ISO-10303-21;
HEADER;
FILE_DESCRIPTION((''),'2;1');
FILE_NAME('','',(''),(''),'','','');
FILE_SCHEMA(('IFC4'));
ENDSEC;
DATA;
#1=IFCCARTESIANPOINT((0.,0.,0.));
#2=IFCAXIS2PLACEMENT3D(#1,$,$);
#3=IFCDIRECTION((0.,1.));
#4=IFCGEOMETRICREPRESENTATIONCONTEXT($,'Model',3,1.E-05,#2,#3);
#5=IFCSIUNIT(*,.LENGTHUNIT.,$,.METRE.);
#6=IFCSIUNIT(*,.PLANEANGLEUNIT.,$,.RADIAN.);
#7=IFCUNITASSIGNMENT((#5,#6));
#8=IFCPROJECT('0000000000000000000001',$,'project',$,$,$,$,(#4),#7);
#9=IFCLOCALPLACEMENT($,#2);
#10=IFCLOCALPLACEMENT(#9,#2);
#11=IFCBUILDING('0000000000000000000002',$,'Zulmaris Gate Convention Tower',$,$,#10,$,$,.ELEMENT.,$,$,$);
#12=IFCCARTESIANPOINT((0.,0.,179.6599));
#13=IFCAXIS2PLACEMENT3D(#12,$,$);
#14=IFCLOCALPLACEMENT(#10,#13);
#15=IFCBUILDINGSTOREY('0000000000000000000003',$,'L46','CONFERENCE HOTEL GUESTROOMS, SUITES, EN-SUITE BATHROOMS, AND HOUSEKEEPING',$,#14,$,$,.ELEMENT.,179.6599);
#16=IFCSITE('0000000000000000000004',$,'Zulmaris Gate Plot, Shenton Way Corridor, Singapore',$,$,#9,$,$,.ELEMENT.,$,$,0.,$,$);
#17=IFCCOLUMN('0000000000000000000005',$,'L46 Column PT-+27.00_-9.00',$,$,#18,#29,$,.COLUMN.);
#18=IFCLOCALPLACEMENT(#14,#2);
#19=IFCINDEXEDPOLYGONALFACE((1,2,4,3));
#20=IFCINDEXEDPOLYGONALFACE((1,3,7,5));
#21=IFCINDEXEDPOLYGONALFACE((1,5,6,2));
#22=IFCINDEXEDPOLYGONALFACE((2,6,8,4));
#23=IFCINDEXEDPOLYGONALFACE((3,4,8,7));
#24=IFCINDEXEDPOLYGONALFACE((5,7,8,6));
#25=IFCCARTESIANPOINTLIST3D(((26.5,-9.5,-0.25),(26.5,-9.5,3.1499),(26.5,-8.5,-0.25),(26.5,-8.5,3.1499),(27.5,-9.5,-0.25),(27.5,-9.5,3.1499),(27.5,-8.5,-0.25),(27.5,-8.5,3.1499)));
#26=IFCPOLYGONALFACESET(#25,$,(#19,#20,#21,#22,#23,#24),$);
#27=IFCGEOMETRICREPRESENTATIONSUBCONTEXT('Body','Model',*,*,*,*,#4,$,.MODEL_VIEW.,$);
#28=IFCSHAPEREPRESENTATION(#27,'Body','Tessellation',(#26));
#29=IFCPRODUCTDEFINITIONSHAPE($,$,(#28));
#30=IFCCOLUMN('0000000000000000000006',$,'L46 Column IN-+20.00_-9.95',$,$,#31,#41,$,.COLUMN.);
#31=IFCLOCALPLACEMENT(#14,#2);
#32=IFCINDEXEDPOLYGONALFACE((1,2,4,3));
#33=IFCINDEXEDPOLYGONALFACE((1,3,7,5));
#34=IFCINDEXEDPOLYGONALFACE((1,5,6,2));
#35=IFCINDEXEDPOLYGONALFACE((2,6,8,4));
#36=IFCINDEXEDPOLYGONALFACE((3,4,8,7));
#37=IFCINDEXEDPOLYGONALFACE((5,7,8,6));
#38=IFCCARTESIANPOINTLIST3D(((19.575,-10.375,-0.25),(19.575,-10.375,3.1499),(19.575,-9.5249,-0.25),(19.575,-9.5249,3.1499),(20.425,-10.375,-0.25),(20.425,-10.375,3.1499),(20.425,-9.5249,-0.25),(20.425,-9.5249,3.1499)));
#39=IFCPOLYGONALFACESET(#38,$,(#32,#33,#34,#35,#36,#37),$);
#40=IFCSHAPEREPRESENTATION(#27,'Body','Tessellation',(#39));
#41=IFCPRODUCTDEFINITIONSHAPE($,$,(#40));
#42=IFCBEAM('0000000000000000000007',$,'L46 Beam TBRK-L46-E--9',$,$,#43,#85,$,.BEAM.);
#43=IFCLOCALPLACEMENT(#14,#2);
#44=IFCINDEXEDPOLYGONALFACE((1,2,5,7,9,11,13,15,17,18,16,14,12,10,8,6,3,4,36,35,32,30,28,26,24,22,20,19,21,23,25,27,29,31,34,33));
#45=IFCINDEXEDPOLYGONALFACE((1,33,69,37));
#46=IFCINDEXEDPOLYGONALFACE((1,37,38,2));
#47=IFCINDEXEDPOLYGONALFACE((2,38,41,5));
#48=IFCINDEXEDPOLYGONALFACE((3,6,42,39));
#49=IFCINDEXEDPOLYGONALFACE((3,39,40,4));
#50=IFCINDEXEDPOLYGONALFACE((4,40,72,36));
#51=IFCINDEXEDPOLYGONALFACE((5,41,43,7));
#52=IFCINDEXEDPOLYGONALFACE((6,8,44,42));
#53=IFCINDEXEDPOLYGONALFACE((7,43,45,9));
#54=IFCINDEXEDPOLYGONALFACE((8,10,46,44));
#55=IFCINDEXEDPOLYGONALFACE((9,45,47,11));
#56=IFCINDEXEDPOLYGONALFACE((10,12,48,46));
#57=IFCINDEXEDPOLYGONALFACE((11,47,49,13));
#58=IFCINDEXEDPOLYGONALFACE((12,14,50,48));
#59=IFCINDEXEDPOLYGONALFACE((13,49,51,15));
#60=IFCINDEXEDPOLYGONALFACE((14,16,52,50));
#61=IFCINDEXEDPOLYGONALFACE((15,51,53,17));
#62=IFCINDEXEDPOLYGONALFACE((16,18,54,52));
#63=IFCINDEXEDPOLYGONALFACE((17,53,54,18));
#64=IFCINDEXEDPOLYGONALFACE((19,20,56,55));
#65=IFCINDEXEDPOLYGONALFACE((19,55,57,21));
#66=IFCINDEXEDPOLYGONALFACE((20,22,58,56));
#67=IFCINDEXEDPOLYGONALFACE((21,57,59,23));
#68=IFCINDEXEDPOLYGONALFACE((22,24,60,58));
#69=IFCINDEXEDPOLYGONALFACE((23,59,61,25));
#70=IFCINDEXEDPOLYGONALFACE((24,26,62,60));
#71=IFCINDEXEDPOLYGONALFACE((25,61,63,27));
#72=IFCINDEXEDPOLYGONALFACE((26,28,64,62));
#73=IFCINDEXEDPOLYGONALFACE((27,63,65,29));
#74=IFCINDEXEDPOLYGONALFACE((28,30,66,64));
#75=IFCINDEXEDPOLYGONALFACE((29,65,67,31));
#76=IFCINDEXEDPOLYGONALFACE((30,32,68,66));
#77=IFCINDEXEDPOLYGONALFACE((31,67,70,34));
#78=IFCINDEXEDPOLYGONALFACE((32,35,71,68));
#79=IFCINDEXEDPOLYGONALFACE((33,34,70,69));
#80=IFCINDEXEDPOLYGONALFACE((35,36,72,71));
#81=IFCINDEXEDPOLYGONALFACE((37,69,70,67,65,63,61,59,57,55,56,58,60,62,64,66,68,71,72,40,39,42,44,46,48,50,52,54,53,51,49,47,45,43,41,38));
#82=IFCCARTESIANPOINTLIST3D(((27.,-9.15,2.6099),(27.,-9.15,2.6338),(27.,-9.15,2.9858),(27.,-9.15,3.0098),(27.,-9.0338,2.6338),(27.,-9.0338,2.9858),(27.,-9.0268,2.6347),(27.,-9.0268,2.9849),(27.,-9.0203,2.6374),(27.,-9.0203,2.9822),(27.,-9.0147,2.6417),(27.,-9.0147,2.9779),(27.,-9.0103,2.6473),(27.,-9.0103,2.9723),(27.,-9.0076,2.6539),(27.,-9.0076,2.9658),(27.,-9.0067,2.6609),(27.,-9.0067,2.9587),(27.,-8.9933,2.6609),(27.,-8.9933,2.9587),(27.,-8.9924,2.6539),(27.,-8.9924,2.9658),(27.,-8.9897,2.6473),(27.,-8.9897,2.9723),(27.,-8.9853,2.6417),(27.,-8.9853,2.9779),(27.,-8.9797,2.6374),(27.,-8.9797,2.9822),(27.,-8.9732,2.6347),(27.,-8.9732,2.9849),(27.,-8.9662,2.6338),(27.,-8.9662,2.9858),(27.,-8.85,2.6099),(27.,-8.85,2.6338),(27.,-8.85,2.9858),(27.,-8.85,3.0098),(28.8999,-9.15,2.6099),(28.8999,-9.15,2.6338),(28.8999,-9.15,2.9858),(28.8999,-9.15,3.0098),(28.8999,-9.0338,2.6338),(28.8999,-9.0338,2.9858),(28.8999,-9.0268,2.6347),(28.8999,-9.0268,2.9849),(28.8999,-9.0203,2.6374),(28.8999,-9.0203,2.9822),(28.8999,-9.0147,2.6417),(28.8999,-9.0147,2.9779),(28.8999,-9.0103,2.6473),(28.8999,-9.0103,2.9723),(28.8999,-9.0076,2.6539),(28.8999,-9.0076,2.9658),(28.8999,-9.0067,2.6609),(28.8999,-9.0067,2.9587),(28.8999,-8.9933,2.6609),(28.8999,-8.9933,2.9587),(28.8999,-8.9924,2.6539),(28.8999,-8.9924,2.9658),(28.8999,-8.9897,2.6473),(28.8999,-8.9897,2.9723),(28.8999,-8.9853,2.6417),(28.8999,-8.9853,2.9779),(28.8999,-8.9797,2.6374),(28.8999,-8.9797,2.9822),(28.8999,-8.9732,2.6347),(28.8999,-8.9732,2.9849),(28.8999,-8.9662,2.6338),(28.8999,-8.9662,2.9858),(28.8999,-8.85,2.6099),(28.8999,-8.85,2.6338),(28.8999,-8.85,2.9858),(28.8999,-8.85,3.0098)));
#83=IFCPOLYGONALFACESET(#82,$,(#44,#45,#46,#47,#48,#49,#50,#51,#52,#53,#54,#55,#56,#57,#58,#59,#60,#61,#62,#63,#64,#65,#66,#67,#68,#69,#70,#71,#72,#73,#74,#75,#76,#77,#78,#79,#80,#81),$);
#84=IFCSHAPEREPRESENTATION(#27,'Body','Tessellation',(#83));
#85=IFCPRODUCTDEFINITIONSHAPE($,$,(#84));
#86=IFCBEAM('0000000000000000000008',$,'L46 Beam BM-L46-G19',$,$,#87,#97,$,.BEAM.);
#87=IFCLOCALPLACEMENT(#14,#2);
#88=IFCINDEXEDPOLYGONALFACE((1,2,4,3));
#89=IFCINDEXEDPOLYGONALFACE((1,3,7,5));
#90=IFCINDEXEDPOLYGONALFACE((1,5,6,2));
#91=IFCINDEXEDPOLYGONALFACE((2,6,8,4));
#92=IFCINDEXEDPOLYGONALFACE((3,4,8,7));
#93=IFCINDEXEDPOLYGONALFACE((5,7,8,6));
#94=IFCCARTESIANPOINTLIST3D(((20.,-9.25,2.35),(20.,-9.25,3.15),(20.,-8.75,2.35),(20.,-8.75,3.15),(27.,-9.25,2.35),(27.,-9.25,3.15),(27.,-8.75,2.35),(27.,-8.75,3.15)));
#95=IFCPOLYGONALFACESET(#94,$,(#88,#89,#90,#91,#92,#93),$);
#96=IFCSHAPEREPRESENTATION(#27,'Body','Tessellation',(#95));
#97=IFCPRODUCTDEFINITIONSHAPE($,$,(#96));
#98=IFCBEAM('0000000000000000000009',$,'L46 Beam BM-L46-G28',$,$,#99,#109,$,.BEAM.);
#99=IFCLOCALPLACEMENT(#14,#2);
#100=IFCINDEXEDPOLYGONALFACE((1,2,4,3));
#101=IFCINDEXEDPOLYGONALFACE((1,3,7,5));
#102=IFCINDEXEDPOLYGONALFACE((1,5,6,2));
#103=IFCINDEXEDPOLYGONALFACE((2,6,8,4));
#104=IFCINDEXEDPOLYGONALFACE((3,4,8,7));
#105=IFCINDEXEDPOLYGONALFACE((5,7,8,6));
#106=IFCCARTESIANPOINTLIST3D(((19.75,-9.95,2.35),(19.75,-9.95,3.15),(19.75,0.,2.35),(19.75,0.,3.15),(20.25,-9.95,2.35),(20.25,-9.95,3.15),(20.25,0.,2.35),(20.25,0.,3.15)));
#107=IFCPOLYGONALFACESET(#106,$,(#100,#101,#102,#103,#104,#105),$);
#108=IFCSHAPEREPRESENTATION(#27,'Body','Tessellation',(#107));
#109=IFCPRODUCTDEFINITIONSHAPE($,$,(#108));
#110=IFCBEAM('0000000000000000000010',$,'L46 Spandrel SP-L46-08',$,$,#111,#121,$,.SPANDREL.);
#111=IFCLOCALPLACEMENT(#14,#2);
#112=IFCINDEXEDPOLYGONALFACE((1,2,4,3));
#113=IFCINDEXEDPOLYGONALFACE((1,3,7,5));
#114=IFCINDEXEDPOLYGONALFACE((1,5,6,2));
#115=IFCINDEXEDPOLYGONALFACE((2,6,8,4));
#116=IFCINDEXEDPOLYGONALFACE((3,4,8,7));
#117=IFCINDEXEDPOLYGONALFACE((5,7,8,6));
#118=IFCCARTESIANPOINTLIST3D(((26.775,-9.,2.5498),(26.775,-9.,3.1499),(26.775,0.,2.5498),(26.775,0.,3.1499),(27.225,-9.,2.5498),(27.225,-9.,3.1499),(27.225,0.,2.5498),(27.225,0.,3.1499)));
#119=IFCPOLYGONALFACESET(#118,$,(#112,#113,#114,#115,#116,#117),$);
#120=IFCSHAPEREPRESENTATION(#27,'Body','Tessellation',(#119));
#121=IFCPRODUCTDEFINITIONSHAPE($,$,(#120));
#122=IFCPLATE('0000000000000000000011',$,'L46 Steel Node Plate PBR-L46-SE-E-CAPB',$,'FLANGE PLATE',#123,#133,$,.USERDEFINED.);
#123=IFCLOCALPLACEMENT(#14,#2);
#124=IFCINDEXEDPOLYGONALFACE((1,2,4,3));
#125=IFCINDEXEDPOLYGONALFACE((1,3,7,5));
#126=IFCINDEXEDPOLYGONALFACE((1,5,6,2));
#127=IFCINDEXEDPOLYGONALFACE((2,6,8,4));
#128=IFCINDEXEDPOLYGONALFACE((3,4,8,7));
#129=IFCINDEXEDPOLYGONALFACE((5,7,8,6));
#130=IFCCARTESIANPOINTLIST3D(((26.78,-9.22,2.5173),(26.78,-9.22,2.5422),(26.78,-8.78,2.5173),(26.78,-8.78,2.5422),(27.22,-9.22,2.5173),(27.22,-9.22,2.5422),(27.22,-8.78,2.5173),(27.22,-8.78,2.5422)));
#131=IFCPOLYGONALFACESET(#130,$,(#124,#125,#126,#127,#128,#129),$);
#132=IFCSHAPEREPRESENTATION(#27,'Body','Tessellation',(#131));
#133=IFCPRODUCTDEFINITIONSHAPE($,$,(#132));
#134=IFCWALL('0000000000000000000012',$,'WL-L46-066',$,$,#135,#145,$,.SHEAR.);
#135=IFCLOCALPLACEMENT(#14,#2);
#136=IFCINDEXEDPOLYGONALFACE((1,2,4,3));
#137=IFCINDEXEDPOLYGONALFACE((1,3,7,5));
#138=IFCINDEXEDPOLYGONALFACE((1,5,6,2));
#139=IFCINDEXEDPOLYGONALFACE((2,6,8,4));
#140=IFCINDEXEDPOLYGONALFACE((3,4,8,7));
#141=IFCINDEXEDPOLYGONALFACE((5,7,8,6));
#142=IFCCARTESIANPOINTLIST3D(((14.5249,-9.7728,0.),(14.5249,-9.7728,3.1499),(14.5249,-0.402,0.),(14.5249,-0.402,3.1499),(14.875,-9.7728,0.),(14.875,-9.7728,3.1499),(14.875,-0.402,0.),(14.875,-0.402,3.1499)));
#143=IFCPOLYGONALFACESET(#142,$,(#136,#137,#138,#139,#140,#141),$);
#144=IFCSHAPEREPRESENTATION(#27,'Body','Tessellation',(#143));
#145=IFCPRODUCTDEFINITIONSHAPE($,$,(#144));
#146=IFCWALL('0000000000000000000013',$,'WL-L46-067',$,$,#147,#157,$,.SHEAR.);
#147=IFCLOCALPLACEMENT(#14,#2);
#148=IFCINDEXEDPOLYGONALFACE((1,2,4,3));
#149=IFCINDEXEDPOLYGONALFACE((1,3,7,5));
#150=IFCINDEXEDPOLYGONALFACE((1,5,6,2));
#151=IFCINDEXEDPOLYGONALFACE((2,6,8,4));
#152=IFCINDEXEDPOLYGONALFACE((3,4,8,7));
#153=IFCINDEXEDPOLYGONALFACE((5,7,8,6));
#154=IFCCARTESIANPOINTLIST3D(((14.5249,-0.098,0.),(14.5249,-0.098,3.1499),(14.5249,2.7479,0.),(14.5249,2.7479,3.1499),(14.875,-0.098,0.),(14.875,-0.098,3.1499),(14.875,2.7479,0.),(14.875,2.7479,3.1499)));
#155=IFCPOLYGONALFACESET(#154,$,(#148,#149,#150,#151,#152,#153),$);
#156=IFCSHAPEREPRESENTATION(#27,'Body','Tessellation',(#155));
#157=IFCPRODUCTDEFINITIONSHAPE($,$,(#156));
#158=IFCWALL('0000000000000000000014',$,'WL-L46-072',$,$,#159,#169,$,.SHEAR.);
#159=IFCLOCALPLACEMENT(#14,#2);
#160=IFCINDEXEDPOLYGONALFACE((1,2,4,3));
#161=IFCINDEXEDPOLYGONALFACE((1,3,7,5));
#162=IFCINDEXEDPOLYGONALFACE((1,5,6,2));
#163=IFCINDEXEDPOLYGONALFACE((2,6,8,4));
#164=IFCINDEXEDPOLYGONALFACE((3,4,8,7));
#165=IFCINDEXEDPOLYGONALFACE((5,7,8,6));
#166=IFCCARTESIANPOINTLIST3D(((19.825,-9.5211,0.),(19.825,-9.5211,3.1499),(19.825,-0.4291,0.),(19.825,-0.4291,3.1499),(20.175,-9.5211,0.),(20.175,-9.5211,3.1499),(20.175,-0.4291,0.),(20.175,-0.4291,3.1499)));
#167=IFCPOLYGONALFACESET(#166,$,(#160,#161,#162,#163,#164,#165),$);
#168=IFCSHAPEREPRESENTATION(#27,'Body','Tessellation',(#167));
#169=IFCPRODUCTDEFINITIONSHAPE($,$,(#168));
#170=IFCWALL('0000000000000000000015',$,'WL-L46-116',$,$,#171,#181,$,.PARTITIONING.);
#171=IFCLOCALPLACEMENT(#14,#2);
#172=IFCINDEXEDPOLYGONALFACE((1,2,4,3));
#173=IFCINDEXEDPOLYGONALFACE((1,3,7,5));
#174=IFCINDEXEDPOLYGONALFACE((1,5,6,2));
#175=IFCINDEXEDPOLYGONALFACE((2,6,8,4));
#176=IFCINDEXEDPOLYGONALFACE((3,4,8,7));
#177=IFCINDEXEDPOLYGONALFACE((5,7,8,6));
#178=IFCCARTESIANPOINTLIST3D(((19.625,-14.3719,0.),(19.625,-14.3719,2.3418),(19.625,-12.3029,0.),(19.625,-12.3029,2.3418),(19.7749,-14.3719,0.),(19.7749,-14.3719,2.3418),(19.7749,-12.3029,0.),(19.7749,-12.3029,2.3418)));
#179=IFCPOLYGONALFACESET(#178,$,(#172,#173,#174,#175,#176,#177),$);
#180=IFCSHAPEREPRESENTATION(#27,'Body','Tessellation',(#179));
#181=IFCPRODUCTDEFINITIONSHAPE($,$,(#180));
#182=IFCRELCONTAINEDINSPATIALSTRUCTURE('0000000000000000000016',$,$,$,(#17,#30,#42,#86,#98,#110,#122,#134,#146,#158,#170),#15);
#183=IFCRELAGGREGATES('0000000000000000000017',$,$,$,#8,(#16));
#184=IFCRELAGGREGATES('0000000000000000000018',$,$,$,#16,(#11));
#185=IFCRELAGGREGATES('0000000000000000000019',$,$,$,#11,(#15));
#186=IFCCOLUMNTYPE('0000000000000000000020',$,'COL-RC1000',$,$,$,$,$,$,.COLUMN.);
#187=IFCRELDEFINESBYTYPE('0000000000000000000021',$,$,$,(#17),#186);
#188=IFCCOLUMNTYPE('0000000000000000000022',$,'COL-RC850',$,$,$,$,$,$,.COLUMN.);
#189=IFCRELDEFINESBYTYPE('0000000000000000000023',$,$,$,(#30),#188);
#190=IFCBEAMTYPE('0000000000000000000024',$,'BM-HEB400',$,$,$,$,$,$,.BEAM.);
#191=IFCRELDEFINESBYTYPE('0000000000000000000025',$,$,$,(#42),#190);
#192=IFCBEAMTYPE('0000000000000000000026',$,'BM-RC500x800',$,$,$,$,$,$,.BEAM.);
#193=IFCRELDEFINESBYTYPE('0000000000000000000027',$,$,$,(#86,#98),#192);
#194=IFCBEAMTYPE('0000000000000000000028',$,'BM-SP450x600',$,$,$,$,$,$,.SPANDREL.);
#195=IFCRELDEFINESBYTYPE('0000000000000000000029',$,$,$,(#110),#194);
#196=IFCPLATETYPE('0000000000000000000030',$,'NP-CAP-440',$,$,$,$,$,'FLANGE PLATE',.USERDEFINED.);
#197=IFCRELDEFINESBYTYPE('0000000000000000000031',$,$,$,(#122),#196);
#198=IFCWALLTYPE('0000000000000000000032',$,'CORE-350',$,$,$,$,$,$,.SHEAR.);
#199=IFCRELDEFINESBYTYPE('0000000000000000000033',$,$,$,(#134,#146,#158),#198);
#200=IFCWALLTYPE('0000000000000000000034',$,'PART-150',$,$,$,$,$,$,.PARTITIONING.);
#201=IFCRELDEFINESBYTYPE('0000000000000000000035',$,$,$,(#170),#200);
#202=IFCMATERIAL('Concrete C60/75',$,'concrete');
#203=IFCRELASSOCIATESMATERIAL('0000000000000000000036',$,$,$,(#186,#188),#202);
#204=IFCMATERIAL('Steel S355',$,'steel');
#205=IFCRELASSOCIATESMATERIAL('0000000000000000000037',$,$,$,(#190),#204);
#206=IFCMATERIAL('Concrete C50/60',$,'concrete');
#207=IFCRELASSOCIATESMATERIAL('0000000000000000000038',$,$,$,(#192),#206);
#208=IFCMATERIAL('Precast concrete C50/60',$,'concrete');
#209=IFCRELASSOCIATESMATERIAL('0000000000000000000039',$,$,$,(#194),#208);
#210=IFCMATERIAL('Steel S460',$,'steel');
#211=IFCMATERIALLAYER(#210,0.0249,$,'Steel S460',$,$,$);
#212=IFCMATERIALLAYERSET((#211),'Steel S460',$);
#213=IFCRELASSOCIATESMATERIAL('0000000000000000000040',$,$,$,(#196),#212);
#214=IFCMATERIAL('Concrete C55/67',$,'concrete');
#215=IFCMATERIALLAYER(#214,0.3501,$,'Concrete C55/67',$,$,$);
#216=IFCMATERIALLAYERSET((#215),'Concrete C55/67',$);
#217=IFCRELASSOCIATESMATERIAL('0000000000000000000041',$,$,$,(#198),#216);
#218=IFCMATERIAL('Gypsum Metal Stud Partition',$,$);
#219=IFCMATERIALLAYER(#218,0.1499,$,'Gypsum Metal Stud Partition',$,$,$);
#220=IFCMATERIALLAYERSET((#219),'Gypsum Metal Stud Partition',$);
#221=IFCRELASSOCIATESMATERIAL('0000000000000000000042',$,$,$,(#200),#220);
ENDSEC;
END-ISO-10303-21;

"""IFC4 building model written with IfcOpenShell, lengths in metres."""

from ifc_helpers import new_model, si_unit, direction, frame, frame_2d, origin, origin_2d, place, context, subcontext, project, spatial, rectangle, i_section, extrude, material, layer, layer_set, material_profile, profile_set, type_object, element, save


model = new_model("IFC4")

# Units and contexts
model_context = context("Model", 3, precision=1e-05, world=origin(), true_north=direction((0.0, 1.0)))
body_context = subcontext(model_context, "Body", "Model", "MODEL_VIEW")
ifc_project = project(units=[si_unit("LENGTHUNIT", "METRE"), si_unit("PLANEANGLEUNIT", "RADIAN")], contexts=[model_context])

# Site, building, storey
site_placement = place(None, origin())
site = spatial("IfcSite", under=ifc_project, at=site_placement, Name="Zulmaris Gate Plot, Shenton Way Corridor, Singapore", CompositionType="ELEMENT", RefElevation=0.0)
building_placement = place(site_placement, origin())
building = spatial("IfcBuilding", under=site, at=building_placement, Name="Zulmaris Gate Convention Tower", CompositionType="ELEMENT")
storey_placement = place(building_placement, frame((0.0, 0.0, 179.6599)))
storey = spatial("IfcBuildingStorey", under=building, at=storey_placement, Name="L46", Description="CONFERENCE HOTEL GUESTROOMS, SUITES, EN-SUITE BATHROOMS, AND HOUSEKEEPING", CompositionType="ELEMENT", Elevation=179.6599)

# Columns
ifc_material_1 = material(Name="Concrete C60/75", Category="concrete")
ifc_material_profile_1 = material_profile(ifc_material_1, rectangle(XDim=1.0, YDim=1.0, at=origin_2d()), Name="RC COL 1000x1000")
ifc_profile_set_1 = profile_set([ifc_material_profile_1], Name="Concrete C60/75")
column_type_1 = type_object("IfcColumnType", Name="COL-RC1000", PredefinedType="COLUMN", material=ifc_profile_set_1)
column_1_placement = place(storey_placement, frame((27.0, -9.0, -0.25), z_axis=(0.0, 0.0, 1.0), x_axis=(1.0, 0.0, 0.0)))
element("IfcColumn", 1, at=column_1_placement, inside=storey, type_object=column_type_1, Name="L46 Column PT-+27.00_-9.00", PredefinedType="COLUMN", context=body_context, shape_type="SweptSolid", body=[
    extrude(rectangle(XDim=1.0, YDim=1.0, at=origin_2d()), origin(), (0.0, 0.0, 1.0), 3.3999),
])
ifc_material_profile_2 = material_profile(ifc_material_1, rectangle(XDim=0.8501, YDim=0.8501, at=origin_2d()), Name="RC COL 850x850")
ifc_profile_set_2 = profile_set([ifc_material_profile_2], Name="Concrete C60/75")
column_type_2 = type_object("IfcColumnType", Name="COL-RC850", PredefinedType="COLUMN", material=ifc_profile_set_2)
column_2_placement = place(storey_placement, frame((20.0, -9.95, -0.25), z_axis=(0.0, 0.0, 1.0), x_axis=(1.0, 0.0, 0.0)))
element("IfcColumn", 2, at=column_2_placement, inside=storey, type_object=column_type_2, Name="L46 Column IN-+20.00_-9.95", PredefinedType="COLUMN", context=body_context, shape_type="SweptSolid", body=[
    extrude(rectangle(XDim=0.8501, YDim=0.8501, at=origin_2d()), origin(), (0.0, 0.0, 1.0), 3.3999),
])

# Beams
ifc_material_2 = material(Name="Steel S355", Category="steel")
ifc_material_profile_3 = material_profile(ifc_material_2, i_section(OverallWidth=0.3, OverallDepth=0.3999, WebThickness=0.0134, FlangeThickness=0.0239, FilletRadius=0.0271, at=origin_2d()), Name="HEB 400")
ifc_profile_set_3 = profile_set([ifc_material_profile_3], Name="Steel S355")
beam_type_1 = type_object("IfcBeamType", Name="BM-HEB400", PredefinedType="BEAM", material=ifc_profile_set_3)
beam_1_placement = place(storey_placement, frame((27.0, -9.0, 2.8098), z_axis=(1.0, 0.0, 0.0), x_axis=(0.0, 1.0, 0.0)))
element("IfcBeam", 3, at=beam_1_placement, inside=storey, type_object=beam_type_1, Name="L46 Beam TBRK-L46-E--9", PredefinedType="BEAM", context=body_context, shape_type="SweptSolid", body=[
    extrude(i_section(OverallWidth=0.3, OverallDepth=0.3999, WebThickness=0.0134, FlangeThickness=0.0239, FilletRadius=0.0271, at=origin_2d()), origin(), (0.0, 0.0, 1.0), 1.8999),
])
ifc_material_3 = material(Name="Concrete C50/60", Category="concrete")
ifc_material_profile_4 = material_profile(ifc_material_3, rectangle(XDim=0.5, YDim=0.8, at=origin_2d()), Name="RC BEAM 500x800")
ifc_profile_set_4 = profile_set([ifc_material_profile_4], Name="Concrete C50/60")
beam_type_2 = type_object("IfcBeamType", Name="BM-RC500x800", PredefinedType="BEAM", material=ifc_profile_set_4)
beam_2_placement = place(storey_placement, frame((20.0, -9.0, 2.75), z_axis=(1.0, 0.0, 0.0), x_axis=(0.0, 1.0, 0.0)))
element("IfcBeam", 4, at=beam_2_placement, inside=storey, type_object=beam_type_2, Name="L46 Beam BM-L46-G19", PredefinedType="BEAM", context=body_context, shape_type="SweptSolid", body=[
    extrude(rectangle(XDim=0.5, YDim=0.8, at=origin_2d()), origin(), (0.0, 0.0, 1.0), 7.0),
])
beam_3_placement = place(storey_placement, frame((20.0, -9.95, 2.75), z_axis=(0.0, 1.0, 0.0), x_axis=(-1.0, 0.0, 0.0)))
element("IfcBeam", 5, at=beam_3_placement, inside=storey, type_object=beam_type_2, Name="L46 Beam BM-L46-G28", PredefinedType="BEAM", context=body_context, shape_type="SweptSolid", body=[
    extrude(rectangle(XDim=0.5, YDim=0.8, at=origin_2d()), origin(), (0.0, 0.0, 1.0), 9.95),
])
ifc_material_4 = material(Name="Precast concrete C50/60", Category="concrete")
ifc_material_profile_5 = material_profile(ifc_material_4, rectangle(XDim=0.45, YDim=0.6001, at=origin_2d()), Name="RC SPANDREL 450x600")
ifc_profile_set_5 = profile_set([ifc_material_profile_5], Name="Precast concrete C50/60")
beam_type_3 = type_object("IfcBeamType", Name="BM-SP450x600", PredefinedType="SPANDREL", material=ifc_profile_set_5)
beam_4_placement = place(storey_placement, frame((27.0, -9.0, 2.8499), z_axis=(0.0, 1.0, 0.0), x_axis=(-1.0, 0.0, 0.0)))
element("IfcBeam", 6, at=beam_4_placement, inside=storey, type_object=beam_type_3, Name="L46 Spandrel SP-L46-08", PredefinedType="SPANDREL", context=body_context, shape_type="SweptSolid", body=[
    extrude(rectangle(XDim=0.45, YDim=0.6001, at=origin_2d()), origin(), (0.0, 0.0, 1.0), 9.0),
])

# Plate
ifc_material_5 = material(Name="Steel S460", Category="steel")
ifc_layer_1 = layer(ifc_material_5, 0.0249, Name="Steel S460")
ifc_layer_set_1 = layer_set([ifc_layer_1], Name="Steel S460")
plate_type = type_object("IfcPlateType", Name="NP-CAP-440", ElementType="FLANGE PLATE", PredefinedType="USERDEFINED", material=ifc_layer_set_1)
plate_placement = place(storey_placement, frame((27.0, -9.0, 2.5173), z_axis=(0.0, 0.0, 1.0), x_axis=(1.0, 0.0, 0.0)))
element("IfcPlate", 7, at=plate_placement, inside=storey, type_object=plate_type, Name="L46 Steel Node Plate PBR-L46-SE-E-CAPB", ObjectType="FLANGE PLATE", PredefinedType="USERDEFINED", context=body_context, shape_type="SweptSolid", body=[
    extrude(rectangle(XDim=0.4399, YDim=0.4399, at=origin_2d()), origin(), (0.0, 0.0, 1.0), 0.0249),
])

# Shared definitions
ifc_material_6 = material(Name="Concrete C55/67", Category="concrete")
ifc_layer_2 = layer(ifc_material_6, 0.3501, Name="Concrete C55/67")
ifc_layer_set_2 = layer_set([ifc_layer_2], Name="Concrete C55/67")
wall_type_1 = type_object("IfcWallType", Name="CORE-350", PredefinedType="SHEAR", material=ifc_layer_set_2)

# Walls
wall_1_placement = place(storey_placement, frame((14.7, -9.7729, 0.0), z_axis=(0.0, 0.0, 1.0), x_axis=(0.0, 1.0, 0.0)))
element("IfcWall", 8, at=wall_1_placement, inside=storey, type_object=wall_type_1, Name="WL-L46-066", PredefinedType="SHEAR", context=body_context, shape_type="SweptSolid", body=[
    extrude(rectangle(XDim=9.3708, YDim=0.3501, at=frame_2d((4.6855, 0.0))), origin(), (0.0, 0.0, 1.0), 3.1499),
])
wall_2_placement = place(storey_placement, frame((14.7, -0.0979, 0.0), z_axis=(0.0, 0.0, 1.0), x_axis=(0.0, 1.0, 0.0)))
element("IfcWall", 9, at=wall_2_placement, inside=storey, type_object=wall_type_1, Name="WL-L46-067", PredefinedType="SHEAR", context=body_context, shape_type="SweptSolid", body=[
    extrude(rectangle(XDim=2.8459, YDim=0.3501, at=frame_2d((1.4229, 0.0))), origin(), (0.0, 0.0, 1.0), 3.1499),
])
wall_3_placement = place(storey_placement, frame((20.0, -9.521, 0.0), z_axis=(0.0, 0.0, 1.0), x_axis=(0.0, 1.0, 0.0)))
element("IfcWall", 10, at=wall_3_placement, inside=storey, type_object=wall_type_1, Name="WL-L46-072", PredefinedType="SHEAR", context=body_context, shape_type="SweptSolid", body=[
    extrude(rectangle(XDim=9.092, YDim=0.3501, at=frame_2d((4.5459, 0.0))), origin(), (0.0, 0.0, 1.0), 3.1499),
])
ifc_material_7 = material(Name="Gypsum Metal Stud Partition")
ifc_layer_3 = layer(ifc_material_7, 0.1499, Name="Gypsum Metal Stud Partition")
ifc_layer_set_3 = layer_set([ifc_layer_3], Name="Gypsum Metal Stud Partition")
wall_type_2 = type_object("IfcWallType", Name="PART-150", PredefinedType="PARTITIONING", material=ifc_layer_set_3)
wall_4_placement = place(storey_placement, frame((19.7, -14.3721, 0.0), z_axis=(0.0, 0.0, 1.0), x_axis=(0.0, 1.0, 0.0)))
element("IfcWall", 11, at=wall_4_placement, inside=storey, type_object=wall_type_2, Name="WL-L46-116", PredefinedType="PARTITIONING", context=body_context, shape_type="SweptSolid", body=[
    extrude(rectangle(XDim=2.0691, YDim=0.1499, at=frame_2d((1.0347, 0.0))), origin(), (0.0, 0.0, 1.0), 2.3418),
])

save(model, "model.ifc")
